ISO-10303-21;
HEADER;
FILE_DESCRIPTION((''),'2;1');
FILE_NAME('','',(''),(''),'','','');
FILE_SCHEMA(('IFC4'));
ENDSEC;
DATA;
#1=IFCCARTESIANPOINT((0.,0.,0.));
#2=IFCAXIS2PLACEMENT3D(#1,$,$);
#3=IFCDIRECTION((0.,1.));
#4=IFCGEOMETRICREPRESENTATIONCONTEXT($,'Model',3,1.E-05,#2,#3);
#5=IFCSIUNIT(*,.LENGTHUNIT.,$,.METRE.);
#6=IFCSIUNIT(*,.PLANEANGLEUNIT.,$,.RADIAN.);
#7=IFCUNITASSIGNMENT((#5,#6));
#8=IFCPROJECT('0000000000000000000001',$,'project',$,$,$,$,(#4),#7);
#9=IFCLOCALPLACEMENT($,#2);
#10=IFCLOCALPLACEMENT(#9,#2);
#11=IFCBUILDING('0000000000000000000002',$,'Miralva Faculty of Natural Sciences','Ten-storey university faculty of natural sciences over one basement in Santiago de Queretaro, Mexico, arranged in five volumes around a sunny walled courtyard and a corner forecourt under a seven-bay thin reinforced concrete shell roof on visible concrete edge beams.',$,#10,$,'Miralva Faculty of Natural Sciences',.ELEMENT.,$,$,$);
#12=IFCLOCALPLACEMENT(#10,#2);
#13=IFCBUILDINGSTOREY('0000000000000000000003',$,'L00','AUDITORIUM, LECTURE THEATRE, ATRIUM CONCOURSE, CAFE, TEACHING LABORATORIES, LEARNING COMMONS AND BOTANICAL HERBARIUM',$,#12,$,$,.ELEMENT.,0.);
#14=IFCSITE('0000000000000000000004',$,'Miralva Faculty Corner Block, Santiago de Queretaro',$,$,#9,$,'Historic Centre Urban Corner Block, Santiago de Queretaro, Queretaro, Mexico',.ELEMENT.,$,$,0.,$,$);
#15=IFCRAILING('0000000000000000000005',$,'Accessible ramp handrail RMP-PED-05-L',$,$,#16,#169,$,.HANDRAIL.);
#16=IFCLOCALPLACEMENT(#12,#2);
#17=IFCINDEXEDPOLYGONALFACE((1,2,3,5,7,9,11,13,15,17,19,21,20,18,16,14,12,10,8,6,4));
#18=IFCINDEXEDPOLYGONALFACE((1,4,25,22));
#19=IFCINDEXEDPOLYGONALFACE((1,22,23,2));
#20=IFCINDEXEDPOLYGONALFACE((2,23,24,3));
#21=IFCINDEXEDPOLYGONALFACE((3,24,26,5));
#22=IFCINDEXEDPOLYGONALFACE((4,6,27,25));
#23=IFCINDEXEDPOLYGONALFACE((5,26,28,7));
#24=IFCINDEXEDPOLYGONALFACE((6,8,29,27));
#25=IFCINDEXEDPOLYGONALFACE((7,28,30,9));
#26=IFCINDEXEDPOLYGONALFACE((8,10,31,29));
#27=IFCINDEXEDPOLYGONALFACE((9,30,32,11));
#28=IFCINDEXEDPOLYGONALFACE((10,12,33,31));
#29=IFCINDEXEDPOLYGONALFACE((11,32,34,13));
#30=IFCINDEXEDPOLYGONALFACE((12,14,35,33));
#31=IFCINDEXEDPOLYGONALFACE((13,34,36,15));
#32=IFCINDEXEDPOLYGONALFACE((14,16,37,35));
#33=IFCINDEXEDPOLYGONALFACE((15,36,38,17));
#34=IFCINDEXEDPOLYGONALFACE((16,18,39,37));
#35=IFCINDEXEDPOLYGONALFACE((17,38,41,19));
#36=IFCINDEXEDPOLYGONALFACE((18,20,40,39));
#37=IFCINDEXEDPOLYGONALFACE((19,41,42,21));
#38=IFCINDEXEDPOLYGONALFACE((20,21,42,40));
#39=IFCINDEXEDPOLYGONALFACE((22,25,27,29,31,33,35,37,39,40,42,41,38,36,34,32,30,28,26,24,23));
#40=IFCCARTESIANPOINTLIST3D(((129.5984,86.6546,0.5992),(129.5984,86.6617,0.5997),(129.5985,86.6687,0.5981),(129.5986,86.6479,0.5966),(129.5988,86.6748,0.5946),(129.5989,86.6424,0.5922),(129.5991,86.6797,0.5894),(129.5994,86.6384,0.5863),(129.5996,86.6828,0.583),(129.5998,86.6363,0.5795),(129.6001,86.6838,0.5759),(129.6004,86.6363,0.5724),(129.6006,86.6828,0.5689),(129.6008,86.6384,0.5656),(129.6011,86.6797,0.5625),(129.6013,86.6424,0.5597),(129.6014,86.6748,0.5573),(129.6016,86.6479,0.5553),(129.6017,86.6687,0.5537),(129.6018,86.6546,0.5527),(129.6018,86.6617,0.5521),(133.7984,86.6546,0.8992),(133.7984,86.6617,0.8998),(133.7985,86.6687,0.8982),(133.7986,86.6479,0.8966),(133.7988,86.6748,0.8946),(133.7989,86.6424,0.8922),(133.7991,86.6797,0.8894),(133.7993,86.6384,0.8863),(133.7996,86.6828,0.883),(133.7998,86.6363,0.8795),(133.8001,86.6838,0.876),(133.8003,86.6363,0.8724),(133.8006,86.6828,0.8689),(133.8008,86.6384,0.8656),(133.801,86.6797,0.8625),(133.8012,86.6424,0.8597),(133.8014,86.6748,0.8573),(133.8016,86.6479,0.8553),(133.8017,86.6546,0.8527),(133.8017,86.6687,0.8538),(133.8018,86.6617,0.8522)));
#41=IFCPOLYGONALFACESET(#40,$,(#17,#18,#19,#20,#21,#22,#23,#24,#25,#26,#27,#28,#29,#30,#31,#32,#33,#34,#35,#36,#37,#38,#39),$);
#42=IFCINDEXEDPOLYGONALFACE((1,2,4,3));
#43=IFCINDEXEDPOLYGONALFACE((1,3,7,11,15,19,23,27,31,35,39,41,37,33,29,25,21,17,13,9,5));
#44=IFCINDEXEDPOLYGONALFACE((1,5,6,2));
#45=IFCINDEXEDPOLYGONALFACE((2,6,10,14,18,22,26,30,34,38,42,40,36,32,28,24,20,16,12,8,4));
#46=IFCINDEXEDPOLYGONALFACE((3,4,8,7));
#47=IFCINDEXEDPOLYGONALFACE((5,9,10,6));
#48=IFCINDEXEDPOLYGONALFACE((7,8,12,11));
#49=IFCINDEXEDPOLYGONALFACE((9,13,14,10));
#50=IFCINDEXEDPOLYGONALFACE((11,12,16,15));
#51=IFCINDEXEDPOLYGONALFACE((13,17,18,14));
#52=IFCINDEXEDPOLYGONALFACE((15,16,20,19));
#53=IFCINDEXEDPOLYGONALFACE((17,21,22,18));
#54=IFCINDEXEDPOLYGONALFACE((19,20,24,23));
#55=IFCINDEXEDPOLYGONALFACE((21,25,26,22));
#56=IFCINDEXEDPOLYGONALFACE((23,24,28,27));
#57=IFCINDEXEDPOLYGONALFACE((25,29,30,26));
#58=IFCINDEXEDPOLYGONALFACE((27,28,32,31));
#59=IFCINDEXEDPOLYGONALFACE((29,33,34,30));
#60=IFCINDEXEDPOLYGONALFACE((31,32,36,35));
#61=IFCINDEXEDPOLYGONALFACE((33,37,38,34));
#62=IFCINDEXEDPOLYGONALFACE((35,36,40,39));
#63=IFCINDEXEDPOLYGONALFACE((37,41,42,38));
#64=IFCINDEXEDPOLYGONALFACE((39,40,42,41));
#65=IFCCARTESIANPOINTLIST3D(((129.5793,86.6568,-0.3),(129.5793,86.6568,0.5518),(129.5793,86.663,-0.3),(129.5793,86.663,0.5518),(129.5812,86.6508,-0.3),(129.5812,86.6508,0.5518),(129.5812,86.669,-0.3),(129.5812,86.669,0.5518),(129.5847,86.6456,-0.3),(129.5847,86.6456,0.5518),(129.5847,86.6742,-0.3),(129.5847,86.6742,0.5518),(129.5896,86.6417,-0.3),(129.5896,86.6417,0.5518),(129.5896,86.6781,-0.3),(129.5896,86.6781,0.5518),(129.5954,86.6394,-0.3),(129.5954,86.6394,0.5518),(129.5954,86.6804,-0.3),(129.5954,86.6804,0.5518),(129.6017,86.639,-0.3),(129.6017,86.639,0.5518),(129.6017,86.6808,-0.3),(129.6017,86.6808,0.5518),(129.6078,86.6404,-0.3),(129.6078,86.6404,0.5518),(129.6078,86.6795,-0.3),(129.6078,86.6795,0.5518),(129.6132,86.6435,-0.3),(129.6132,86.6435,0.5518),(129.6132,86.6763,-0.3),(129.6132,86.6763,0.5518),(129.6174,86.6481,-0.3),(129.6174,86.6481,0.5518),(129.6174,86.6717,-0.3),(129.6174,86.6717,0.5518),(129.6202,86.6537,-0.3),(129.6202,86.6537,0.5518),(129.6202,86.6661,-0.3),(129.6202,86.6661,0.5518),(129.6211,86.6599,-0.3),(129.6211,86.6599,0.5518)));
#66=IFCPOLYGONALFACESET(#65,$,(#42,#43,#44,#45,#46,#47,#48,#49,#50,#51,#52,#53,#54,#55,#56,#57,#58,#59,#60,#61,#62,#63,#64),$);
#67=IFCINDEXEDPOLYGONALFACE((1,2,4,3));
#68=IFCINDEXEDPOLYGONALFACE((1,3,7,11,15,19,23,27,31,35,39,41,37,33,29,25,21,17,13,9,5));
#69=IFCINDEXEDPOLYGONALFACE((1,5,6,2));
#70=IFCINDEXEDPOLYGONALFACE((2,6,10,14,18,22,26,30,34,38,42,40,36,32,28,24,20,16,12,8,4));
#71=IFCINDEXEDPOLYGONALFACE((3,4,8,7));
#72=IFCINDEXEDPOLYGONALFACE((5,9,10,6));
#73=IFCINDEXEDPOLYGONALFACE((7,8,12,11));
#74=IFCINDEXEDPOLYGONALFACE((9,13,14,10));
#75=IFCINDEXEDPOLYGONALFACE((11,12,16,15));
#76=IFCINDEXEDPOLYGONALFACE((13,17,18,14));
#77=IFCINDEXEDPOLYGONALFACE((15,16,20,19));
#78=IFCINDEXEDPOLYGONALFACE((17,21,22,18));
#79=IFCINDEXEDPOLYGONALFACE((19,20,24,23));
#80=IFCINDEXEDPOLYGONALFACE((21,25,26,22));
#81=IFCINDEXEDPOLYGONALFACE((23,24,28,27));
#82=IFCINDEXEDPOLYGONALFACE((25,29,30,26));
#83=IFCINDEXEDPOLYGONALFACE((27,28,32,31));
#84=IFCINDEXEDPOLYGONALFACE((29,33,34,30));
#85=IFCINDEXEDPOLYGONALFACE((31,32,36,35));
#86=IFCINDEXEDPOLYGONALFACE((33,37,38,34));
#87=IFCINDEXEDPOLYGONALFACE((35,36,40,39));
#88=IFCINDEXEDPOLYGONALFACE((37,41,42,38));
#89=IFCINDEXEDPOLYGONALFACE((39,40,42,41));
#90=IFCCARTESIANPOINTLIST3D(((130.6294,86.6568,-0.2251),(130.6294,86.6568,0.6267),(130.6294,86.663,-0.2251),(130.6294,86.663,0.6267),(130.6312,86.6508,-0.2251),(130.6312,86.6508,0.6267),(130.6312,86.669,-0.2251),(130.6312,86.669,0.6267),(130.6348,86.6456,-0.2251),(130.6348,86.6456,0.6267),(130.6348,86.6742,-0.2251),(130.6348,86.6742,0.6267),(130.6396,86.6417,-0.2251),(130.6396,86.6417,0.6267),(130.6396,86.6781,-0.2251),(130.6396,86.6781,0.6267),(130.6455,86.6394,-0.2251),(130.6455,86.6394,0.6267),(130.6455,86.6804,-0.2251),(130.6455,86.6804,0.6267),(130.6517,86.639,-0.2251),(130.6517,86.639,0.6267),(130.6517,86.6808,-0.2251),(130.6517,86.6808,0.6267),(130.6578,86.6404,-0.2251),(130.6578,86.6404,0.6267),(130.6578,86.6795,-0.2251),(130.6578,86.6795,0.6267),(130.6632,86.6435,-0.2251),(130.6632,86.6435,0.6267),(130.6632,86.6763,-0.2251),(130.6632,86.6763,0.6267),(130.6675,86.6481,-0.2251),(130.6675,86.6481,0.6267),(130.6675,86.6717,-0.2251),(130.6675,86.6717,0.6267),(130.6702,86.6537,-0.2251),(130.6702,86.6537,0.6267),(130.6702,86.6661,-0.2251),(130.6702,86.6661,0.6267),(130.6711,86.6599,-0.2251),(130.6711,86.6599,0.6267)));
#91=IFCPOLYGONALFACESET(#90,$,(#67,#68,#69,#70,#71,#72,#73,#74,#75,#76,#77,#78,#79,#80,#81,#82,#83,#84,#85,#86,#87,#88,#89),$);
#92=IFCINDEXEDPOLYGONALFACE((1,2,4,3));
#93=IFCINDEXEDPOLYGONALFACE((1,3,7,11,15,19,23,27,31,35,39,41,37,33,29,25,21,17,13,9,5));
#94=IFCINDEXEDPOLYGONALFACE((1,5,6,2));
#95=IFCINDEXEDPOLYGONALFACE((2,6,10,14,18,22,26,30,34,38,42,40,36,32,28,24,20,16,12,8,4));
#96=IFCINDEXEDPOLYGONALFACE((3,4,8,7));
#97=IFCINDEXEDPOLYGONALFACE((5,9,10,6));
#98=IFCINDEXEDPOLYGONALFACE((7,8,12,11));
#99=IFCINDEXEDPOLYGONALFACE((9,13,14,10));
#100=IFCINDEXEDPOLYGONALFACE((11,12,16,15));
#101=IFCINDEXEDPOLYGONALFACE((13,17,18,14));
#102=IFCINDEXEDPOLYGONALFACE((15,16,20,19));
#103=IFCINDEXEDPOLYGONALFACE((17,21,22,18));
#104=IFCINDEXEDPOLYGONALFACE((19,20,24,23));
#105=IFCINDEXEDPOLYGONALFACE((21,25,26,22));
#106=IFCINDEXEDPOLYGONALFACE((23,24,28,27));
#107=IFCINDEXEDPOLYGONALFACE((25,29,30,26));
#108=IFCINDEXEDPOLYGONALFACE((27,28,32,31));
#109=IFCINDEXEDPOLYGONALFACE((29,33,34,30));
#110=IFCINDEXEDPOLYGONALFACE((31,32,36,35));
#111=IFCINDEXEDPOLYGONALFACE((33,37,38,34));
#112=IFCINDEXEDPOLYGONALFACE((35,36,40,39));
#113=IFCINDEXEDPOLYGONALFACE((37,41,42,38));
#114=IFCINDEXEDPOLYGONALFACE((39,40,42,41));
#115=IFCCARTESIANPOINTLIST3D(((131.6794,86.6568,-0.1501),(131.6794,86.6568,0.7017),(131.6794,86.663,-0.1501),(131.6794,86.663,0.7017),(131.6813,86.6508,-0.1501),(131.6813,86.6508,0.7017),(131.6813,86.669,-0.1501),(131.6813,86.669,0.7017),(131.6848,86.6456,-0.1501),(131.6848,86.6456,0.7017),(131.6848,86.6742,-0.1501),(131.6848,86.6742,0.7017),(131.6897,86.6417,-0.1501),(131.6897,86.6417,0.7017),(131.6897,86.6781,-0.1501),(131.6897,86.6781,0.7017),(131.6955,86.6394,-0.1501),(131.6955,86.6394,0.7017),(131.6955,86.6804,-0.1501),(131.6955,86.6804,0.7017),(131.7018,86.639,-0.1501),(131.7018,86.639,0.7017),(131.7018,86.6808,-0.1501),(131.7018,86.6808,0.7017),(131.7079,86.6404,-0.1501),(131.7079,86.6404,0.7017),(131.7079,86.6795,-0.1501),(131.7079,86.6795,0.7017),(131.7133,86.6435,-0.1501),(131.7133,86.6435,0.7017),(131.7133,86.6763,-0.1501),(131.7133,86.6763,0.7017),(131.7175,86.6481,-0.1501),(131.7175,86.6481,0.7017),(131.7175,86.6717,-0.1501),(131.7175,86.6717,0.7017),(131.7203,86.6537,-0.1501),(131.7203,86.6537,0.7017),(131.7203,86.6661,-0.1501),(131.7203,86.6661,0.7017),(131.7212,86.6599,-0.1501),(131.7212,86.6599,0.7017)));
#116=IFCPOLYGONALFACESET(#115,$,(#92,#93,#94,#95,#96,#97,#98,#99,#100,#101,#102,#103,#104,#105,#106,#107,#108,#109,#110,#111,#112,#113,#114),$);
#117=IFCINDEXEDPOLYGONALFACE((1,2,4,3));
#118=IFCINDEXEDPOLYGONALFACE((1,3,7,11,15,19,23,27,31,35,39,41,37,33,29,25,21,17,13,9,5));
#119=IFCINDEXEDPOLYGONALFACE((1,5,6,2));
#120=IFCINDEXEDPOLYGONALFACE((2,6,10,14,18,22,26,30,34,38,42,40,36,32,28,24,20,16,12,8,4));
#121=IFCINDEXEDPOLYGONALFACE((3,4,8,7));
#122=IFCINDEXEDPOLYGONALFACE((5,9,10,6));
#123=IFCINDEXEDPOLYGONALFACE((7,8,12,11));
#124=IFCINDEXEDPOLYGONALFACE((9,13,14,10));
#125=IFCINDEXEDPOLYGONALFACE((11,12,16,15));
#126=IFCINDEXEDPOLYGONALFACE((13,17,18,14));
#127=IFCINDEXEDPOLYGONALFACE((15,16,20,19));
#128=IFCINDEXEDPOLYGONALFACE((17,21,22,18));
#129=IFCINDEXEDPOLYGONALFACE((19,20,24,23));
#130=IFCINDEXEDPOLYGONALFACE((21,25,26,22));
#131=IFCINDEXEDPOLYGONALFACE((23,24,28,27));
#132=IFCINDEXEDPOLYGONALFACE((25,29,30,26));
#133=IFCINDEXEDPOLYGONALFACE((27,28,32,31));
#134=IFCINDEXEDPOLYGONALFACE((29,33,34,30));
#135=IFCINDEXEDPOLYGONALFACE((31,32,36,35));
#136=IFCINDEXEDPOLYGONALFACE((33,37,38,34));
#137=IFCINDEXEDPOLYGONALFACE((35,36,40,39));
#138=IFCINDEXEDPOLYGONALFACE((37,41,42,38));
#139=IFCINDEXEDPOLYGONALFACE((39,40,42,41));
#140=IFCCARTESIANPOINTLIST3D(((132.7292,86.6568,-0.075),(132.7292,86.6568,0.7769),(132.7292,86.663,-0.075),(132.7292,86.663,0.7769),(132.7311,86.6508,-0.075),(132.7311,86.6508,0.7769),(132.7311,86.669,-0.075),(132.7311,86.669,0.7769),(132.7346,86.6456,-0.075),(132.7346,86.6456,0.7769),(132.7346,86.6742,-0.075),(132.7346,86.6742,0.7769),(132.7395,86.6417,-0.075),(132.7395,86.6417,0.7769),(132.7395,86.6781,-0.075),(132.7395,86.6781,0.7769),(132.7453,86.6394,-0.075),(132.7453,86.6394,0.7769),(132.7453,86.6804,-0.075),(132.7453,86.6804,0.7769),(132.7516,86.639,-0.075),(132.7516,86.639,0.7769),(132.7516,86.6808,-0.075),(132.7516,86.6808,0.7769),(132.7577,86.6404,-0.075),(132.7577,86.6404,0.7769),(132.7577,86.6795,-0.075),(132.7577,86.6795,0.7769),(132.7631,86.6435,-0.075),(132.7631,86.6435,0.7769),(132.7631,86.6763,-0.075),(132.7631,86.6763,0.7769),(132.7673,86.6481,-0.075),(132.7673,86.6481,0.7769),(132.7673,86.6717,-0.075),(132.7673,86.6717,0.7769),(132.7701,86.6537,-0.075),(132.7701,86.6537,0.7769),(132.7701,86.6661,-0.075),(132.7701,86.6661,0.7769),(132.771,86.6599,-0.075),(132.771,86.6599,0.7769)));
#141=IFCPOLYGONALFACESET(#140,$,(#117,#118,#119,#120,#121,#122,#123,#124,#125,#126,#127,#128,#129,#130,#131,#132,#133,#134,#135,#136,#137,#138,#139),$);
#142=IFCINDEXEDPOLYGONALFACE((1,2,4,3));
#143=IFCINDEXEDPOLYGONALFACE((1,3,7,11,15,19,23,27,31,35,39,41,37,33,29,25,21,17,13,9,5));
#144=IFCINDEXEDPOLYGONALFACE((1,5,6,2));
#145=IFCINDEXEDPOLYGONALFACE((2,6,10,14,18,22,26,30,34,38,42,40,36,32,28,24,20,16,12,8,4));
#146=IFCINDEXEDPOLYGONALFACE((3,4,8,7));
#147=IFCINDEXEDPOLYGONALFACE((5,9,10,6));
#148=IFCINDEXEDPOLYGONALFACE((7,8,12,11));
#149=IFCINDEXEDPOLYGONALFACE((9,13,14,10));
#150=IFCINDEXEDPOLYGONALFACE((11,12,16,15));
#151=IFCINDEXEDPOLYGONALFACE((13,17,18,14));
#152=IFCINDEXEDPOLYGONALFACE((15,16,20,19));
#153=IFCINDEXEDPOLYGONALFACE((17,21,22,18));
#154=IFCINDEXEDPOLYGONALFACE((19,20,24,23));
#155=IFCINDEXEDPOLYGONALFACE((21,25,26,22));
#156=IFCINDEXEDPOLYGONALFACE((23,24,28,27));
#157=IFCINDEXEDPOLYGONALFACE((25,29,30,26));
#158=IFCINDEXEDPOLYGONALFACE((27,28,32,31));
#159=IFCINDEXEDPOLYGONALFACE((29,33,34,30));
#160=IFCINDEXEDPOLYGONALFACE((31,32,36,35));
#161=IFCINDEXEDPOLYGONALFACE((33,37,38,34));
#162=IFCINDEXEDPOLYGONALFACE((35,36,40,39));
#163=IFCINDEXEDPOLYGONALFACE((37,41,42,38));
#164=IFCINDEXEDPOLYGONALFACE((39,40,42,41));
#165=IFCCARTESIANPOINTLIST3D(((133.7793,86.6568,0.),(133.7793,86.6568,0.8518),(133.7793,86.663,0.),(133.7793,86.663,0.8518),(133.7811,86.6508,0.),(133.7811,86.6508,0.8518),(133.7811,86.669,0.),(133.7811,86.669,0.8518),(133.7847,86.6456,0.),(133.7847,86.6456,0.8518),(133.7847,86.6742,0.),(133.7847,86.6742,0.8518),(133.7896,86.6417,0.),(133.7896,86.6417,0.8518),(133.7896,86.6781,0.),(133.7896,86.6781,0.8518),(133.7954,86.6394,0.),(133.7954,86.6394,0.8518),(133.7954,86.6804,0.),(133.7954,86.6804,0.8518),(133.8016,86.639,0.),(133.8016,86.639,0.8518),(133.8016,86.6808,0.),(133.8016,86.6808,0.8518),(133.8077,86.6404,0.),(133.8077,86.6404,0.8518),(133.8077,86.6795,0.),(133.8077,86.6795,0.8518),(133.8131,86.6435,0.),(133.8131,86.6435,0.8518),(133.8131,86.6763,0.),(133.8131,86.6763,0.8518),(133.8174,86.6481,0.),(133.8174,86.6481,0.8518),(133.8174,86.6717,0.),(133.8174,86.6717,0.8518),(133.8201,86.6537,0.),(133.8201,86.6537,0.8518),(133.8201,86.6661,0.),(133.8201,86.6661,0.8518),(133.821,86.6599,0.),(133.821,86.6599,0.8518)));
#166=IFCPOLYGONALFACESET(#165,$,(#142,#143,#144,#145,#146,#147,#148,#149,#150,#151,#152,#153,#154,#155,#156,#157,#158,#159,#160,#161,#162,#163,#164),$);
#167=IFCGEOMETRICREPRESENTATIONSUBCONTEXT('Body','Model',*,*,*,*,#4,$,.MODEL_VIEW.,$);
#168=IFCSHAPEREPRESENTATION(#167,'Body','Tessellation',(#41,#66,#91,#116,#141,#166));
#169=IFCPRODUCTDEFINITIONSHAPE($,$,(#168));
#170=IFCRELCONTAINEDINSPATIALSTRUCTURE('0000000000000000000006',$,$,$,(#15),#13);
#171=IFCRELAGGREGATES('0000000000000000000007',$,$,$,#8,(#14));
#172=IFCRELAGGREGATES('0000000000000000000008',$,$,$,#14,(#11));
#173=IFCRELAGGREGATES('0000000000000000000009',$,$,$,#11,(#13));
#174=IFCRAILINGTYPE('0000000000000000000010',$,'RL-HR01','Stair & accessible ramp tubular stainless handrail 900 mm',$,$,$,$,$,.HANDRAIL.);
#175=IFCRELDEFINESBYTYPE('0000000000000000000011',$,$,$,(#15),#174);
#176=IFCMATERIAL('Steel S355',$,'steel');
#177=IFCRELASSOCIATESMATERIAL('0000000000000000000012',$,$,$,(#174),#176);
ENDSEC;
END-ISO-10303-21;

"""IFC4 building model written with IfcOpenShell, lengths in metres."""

from ifc_helpers import new_model, si_unit, direction, frame, origin, origin_2d, place, context, subcontext, project, spatial, circle, extrude, material, type_object, element, save


model = new_model("IFC4")

# Units and contexts
model_context = context("Model", 3, precision=1e-05, world=origin(), true_north=direction((0.0, 1.0)))
body_context = subcontext(model_context, "Body", "Model", "MODEL_VIEW")
ifc_project = project(units=[si_unit("LENGTHUNIT", "METRE"), si_unit("PLANEANGLEUNIT", "RADIAN")], contexts=[model_context])

# Site, building, storey
site_placement = place(None, origin())
site = spatial("IfcSite", under=ifc_project, at=site_placement, Name="Miralva Faculty Corner Block, Santiago de Queretaro", LongName="Historic Centre Urban Corner Block, Santiago de Queretaro, Queretaro, Mexico", CompositionType="ELEMENT", RefElevation=0.0)
building_placement = place(site_placement, origin())
building = spatial("IfcBuilding", under=site, at=building_placement, Name="Miralva Faculty of Natural Sciences", Description="Ten-storey university faculty of natural sciences over one basement in Santiago de Queretaro, Mexico, arranged in five volumes around a sunny walled courtyard and a corner forecourt under a seven-bay thin reinforced concrete shell roof on visible concrete edge beams.", LongName="Miralva Faculty of Natural Sciences", CompositionType="ELEMENT")
storey_placement = place(building_placement, origin())
storey = spatial("IfcBuildingStorey", under=building, at=storey_placement, Name="L00", Description="AUDITORIUM, LECTURE THEATRE, ATRIUM CONCOURSE, CAFE, TEACHING LABORATORIES, LEARNING COMMONS AND BOTANICAL HERBARIUM", CompositionType="ELEMENT", Elevation=0.0)

# Railing
ifc_material_1 = material(Name="Steel S355", Category="steel")
railing_type = type_object("IfcRailingType", Name="RL-HR01", Description="Stair & accessible ramp tubular stainless handrail 900 mm", PredefinedType="HANDRAIL", material=ifc_material_1)
for number, where, name in (
    (1, (129.6001, 86.6599, -0.3), "Accessible ramp handrail RMP-PED-05-L"),
):
    element("IfcRailing", number, at=place(storey_placement, frame(where)), inside=storey, type_object=railing_type, Name=name, PredefinedType="HANDRAIL", context=body_context, shape_type="SweptSolid", body=[
        extrude(circle(Radius=0.0239, at=origin_2d()), frame((0.0, 0.0, 0.876), z_axis=(0.997458, 0.0, 0.071259), x_axis=(0.0, 1.0, 0.0)), (0.0, 0.0, 1.0), 4.2107),
        extrude(circle(Radius=0.021, at=origin_2d()), origin(), (0.0, 0.0, 1.0), 0.8518),
        extrude(circle(Radius=0.021, at=origin_2d()), frame((1.05, 0.0, 0.075)), (0.0, 0.0, 1.0), 0.8518),
        extrude(circle(Radius=0.021, at=origin_2d()), frame((2.1001, 0.0, 0.1499)), (0.0, 0.0, 1.0), 0.8518),
        extrude(circle(Radius=0.021, at=origin_2d()), frame((3.1499, 0.0, 0.2251)), (0.0, 0.0, 1.0), 0.8518),
        extrude(circle(Radius=0.021, at=origin_2d()), frame((4.2, 0.0, 0.3)), (0.0, 0.0, 1.0), 0.8518),
    ])

save(model, "model.ifc")
